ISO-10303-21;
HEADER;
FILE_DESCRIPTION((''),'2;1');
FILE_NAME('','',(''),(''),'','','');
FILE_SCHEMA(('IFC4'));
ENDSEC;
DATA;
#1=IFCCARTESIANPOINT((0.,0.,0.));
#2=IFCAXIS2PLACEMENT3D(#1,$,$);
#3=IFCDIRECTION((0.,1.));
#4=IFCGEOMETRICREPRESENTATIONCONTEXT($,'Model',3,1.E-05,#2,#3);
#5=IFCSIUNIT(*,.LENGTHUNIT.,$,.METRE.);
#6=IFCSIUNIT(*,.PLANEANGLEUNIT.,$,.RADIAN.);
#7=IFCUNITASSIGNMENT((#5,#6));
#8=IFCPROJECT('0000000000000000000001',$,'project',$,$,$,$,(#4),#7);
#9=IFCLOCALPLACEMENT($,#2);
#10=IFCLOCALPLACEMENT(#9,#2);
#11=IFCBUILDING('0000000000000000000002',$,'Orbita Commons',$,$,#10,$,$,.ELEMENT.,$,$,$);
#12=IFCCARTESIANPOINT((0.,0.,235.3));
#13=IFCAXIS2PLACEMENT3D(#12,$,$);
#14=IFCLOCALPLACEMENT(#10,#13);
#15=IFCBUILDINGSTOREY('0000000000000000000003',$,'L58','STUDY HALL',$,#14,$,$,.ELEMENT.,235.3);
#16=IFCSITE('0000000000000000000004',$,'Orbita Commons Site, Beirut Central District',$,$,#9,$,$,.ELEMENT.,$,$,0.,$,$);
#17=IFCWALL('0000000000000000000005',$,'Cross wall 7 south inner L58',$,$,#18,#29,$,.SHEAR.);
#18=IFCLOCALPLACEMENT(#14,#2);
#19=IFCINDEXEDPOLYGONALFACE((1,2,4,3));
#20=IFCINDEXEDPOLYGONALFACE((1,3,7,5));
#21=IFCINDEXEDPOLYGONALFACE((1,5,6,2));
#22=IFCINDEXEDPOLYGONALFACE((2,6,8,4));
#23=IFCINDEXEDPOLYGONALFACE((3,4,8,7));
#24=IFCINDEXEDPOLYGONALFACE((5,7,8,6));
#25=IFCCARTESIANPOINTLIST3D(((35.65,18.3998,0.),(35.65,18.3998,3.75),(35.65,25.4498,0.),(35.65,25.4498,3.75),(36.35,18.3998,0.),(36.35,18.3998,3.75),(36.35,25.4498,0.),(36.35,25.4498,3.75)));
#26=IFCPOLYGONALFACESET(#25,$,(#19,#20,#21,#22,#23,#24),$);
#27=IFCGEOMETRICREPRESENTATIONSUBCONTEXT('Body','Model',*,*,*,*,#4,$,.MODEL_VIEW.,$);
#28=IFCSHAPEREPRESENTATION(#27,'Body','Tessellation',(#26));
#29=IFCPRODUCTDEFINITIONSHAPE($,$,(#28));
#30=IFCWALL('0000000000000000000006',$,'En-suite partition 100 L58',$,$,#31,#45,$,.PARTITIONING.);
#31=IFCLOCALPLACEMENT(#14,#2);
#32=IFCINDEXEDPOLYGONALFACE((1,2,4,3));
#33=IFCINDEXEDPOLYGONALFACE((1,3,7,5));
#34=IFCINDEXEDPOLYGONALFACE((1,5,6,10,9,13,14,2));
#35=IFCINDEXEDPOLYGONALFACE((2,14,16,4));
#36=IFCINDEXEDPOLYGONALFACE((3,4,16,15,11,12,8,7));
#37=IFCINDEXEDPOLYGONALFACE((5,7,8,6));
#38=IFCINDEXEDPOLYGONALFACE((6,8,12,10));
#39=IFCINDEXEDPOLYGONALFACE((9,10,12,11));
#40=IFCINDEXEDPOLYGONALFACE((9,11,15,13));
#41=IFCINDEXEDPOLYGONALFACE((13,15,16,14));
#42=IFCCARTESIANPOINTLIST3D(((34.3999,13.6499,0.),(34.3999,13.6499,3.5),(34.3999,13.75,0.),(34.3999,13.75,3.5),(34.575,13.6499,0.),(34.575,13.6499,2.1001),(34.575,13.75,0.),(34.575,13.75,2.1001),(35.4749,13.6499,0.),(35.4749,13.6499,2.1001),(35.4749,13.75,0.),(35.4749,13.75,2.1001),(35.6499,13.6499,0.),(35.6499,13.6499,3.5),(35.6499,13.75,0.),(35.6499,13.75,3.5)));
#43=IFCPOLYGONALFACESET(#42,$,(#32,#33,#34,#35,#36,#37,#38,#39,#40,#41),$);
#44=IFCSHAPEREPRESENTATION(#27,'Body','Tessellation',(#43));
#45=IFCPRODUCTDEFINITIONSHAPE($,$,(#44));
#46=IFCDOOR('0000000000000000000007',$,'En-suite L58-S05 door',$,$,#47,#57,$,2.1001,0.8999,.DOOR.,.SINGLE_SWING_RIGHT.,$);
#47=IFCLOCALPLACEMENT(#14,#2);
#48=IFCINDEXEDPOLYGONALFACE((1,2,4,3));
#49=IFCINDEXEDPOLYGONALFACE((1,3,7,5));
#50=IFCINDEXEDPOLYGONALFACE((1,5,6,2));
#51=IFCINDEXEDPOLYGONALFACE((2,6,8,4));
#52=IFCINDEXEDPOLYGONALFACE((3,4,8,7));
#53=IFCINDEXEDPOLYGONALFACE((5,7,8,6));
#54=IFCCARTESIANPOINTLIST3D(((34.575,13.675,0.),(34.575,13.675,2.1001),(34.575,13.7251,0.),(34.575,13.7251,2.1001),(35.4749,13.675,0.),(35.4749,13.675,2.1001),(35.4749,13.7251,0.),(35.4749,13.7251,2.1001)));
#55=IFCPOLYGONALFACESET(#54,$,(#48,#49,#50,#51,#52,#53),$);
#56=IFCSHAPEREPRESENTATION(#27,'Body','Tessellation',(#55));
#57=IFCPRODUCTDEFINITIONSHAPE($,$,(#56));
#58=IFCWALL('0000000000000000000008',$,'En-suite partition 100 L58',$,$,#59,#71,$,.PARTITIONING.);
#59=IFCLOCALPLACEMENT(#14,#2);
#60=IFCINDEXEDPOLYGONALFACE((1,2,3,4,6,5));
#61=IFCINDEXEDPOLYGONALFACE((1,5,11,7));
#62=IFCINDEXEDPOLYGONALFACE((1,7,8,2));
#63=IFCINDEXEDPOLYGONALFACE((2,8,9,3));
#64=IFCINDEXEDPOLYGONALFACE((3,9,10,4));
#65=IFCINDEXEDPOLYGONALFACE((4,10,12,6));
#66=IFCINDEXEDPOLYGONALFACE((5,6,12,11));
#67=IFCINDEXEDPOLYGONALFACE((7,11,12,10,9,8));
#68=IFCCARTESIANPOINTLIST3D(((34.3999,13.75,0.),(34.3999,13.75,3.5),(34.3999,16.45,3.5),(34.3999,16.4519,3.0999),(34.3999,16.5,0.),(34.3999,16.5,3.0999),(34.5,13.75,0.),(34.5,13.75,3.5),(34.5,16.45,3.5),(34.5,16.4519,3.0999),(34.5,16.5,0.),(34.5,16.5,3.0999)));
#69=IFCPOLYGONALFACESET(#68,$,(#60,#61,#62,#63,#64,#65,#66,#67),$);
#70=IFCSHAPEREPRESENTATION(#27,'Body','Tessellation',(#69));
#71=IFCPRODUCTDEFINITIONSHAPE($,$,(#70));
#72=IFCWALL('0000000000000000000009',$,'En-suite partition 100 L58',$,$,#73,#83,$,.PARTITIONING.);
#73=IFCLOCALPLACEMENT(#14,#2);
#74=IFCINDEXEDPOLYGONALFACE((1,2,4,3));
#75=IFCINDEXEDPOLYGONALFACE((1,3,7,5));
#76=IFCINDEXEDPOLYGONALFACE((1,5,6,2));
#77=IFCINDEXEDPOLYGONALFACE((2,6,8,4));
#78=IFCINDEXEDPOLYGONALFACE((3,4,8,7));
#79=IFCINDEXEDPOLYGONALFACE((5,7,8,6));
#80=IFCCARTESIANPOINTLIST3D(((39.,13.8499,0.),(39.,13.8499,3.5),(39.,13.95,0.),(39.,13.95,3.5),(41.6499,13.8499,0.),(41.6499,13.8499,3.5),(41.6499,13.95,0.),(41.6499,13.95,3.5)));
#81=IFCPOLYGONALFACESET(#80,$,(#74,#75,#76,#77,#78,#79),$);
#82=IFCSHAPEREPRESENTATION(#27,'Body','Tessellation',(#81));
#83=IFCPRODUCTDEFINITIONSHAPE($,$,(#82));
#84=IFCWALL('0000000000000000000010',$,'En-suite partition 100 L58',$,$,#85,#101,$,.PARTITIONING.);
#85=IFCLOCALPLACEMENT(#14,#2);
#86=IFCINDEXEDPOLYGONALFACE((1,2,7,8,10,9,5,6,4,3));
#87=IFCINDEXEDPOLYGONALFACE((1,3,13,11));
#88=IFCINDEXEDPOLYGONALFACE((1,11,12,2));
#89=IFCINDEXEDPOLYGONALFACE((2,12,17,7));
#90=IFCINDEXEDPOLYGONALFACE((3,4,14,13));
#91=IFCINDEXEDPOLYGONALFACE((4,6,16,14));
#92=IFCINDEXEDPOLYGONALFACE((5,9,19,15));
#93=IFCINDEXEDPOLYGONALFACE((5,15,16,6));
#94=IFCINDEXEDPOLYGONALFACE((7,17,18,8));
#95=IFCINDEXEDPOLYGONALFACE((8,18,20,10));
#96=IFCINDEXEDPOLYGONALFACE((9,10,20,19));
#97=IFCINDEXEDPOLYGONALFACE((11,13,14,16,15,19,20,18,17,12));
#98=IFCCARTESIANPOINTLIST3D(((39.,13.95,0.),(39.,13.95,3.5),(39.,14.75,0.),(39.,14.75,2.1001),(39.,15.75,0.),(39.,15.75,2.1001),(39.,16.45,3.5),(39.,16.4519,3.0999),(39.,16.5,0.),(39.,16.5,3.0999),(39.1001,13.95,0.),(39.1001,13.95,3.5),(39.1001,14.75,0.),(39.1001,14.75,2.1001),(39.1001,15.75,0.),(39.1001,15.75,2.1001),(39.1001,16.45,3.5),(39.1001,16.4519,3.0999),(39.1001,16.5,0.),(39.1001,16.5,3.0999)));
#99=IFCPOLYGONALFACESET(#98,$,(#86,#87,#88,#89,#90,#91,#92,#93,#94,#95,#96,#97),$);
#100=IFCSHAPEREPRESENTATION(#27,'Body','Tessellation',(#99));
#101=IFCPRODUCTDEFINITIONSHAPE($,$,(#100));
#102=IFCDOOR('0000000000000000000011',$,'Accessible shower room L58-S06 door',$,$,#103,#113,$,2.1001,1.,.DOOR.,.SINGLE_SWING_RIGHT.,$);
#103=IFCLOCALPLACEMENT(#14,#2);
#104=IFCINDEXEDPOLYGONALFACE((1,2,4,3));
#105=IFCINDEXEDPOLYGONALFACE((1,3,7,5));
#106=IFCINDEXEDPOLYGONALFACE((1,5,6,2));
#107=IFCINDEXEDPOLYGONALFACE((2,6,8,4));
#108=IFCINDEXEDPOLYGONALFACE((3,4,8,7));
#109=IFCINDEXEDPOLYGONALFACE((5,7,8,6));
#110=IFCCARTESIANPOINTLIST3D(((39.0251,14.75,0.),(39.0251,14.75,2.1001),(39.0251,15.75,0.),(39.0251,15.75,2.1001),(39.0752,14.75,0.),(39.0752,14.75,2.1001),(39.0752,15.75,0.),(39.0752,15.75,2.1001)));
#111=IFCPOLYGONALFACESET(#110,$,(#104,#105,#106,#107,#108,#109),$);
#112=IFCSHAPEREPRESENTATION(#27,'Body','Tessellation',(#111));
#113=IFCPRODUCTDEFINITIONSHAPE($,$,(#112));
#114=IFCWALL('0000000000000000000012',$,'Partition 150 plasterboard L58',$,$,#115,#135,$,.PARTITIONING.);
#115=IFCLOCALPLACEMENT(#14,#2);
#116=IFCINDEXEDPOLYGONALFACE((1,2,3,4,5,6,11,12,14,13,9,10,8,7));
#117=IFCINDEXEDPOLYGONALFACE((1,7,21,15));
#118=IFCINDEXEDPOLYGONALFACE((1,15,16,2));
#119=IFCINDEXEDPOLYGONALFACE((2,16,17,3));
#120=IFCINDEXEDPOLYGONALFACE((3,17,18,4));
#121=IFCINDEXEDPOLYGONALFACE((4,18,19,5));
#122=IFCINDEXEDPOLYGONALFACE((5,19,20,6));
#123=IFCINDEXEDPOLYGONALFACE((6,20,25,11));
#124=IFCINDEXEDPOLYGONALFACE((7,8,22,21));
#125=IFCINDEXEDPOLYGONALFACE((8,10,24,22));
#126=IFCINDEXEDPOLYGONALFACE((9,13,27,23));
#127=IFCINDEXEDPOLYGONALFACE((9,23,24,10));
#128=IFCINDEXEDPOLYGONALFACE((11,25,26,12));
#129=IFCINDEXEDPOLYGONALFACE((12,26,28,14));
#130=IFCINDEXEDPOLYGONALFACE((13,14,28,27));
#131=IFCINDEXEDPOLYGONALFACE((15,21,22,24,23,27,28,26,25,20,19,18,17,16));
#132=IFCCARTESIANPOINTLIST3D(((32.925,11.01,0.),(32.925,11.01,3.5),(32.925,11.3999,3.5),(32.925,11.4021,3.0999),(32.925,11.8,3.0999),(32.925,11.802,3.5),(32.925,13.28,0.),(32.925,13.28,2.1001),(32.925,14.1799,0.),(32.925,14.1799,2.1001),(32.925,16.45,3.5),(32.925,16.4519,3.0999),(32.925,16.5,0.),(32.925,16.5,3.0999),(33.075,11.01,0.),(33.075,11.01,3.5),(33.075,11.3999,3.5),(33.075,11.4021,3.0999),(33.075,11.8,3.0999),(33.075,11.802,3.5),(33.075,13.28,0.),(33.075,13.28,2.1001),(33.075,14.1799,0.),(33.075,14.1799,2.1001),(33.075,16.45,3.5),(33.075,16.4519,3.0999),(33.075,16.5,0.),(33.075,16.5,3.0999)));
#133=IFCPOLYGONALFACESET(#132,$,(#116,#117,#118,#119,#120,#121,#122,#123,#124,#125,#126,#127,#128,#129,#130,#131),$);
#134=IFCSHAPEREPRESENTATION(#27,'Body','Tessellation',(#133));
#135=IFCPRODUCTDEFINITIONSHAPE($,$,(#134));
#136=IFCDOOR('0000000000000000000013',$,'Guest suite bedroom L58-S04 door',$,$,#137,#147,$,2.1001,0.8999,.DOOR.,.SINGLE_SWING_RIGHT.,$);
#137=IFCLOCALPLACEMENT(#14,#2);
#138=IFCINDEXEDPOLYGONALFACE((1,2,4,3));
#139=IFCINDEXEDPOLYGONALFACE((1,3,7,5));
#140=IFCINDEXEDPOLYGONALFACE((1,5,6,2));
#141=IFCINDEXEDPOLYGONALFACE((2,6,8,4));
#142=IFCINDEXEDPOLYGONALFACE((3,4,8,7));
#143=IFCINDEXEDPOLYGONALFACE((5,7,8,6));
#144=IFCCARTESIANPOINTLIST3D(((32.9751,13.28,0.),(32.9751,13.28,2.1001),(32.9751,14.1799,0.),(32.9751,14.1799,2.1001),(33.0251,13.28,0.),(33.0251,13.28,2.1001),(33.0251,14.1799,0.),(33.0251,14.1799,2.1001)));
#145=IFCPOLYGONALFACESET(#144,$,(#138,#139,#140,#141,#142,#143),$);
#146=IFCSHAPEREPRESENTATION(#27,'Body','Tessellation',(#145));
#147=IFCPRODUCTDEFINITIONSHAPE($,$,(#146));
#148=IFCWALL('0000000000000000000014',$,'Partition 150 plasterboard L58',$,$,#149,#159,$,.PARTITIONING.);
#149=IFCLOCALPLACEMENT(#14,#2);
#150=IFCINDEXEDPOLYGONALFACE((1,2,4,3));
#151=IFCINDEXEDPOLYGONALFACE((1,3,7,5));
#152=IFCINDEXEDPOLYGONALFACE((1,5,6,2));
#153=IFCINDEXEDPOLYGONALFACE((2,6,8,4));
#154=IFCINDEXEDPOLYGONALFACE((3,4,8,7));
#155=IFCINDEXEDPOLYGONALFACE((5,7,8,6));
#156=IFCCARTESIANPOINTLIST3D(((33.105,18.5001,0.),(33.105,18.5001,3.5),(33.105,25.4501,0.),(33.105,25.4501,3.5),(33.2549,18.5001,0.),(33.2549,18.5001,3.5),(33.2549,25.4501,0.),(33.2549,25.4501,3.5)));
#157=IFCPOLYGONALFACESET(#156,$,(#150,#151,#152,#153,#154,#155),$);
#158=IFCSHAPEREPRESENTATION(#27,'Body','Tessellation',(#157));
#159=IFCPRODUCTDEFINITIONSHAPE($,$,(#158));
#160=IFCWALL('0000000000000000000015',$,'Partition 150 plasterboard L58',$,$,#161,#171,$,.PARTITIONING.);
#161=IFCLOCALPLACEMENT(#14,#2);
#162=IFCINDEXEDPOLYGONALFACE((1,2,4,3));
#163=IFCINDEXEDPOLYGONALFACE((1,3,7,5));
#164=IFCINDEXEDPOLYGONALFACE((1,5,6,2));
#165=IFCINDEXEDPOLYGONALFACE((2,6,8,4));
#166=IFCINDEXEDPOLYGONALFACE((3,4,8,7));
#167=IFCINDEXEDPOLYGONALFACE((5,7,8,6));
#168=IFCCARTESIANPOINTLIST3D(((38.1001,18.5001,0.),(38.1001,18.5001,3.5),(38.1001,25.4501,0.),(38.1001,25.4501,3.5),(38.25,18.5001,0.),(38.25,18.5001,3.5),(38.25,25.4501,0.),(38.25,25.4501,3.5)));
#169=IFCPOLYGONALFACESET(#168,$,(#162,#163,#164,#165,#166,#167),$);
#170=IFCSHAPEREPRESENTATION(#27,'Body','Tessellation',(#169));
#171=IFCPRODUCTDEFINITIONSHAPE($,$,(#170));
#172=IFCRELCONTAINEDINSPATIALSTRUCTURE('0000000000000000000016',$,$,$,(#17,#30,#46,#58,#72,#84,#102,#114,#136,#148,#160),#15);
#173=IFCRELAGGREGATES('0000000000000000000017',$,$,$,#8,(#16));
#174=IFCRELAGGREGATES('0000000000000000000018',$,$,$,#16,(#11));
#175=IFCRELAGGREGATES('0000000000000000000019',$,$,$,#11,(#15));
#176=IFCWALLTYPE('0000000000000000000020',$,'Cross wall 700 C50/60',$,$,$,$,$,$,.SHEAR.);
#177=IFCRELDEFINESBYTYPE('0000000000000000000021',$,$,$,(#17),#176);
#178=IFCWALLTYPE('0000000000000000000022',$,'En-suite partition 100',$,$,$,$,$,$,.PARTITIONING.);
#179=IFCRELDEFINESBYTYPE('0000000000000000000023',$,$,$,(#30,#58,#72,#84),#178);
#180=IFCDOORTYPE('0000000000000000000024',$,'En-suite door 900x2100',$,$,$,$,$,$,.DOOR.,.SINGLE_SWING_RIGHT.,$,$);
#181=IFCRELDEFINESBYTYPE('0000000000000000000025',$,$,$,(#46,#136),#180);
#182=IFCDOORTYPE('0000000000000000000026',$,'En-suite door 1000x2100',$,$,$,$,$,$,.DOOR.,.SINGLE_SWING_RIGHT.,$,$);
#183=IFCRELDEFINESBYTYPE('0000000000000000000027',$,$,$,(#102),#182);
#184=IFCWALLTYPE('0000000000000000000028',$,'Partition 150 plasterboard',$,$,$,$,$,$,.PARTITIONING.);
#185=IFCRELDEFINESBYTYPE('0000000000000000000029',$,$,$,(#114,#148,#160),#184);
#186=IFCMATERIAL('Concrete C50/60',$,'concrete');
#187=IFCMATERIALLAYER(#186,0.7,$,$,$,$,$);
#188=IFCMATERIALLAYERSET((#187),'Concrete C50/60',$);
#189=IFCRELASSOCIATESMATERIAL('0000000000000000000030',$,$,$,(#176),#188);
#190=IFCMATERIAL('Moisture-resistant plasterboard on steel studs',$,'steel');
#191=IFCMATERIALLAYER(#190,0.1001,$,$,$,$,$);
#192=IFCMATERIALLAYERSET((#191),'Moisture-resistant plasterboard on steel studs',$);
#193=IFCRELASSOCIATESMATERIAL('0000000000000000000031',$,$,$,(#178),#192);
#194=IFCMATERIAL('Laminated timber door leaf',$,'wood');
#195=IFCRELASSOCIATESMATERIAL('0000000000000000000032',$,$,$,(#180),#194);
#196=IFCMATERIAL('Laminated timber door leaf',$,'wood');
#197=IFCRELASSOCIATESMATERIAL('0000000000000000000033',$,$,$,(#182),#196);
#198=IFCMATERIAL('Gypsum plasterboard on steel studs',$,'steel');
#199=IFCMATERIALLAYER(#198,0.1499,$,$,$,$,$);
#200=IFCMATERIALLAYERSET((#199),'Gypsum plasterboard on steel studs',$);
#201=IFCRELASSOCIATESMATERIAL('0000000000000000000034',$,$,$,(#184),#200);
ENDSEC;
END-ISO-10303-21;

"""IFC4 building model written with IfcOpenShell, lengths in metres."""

from ifc_helpers import new_model, si_unit, direction, frame, frame_2d, origin, place, context, subcontext, project, spatial, polyline, rectangle, outline, extrude, material, layer, layer_set, type_object, element, fill, save


model = new_model("IFC4")

# Units and contexts
model_context = context("Model", 3, precision=1e-05, world=origin(), true_north=direction((0.0, 1.0)))
body_context = subcontext(model_context, "Body", "Model", "MODEL_VIEW")
ifc_project = project(units=[si_unit("LENGTHUNIT", "METRE"), si_unit("PLANEANGLEUNIT", "RADIAN")], contexts=[model_context])

# Site, building, storey
site_placement = place(None, origin())
site = spatial("IfcSite", under=ifc_project, at=site_placement, Name="Orbita Commons Site, Beirut Central District", CompositionType="ELEMENT", RefElevation=0.0)
building_placement = place(site_placement, origin())
building = spatial("IfcBuilding", under=site, at=building_placement, Name="Orbita Commons", CompositionType="ELEMENT")
storey_placement = place(building_placement, frame((0.0, 0.0, 235.3)))
storey = spatial("IfcBuildingStorey", under=building, at=storey_placement, Name="L58", Description="STUDY HALL", CompositionType="ELEMENT", Elevation=235.3)

# Wall
ifc_material_1 = material(Name="Concrete C50/60", Category="concrete")
ifc_layer_1 = layer(ifc_material_1, 0.7)
ifc_layer_set_1 = layer_set([ifc_layer_1], Name="Concrete C50/60")
wall_type_1 = type_object("IfcWallType", Name="Cross wall 700 C50/60", PredefinedType="SHEAR", material=ifc_layer_set_1)
wall_1_placement = place(storey_placement, frame((36.0, 18.3999, 0.0), z_axis=(0.0, 0.0, 1.0), x_axis=(0.0, 1.0, 0.0)))
element("IfcWall", 1, at=wall_1_placement, inside=storey, type_object=wall_type_1, Name="Cross wall 7 south inner L58", PredefinedType="SHEAR", context=body_context, shape_type="SweptSolid", body=[
    extrude(rectangle(XDim=7.05, YDim=0.7, at=frame_2d((3.5249, 0.0))), origin(), (0.0, 0.0, 1.0), 3.75),
])

# Wall, opening, door
ifc_material_2 = material(Name="Moisture-resistant plasterboard on steel studs", Category="steel")
ifc_layer_2 = layer(ifc_material_2, 0.1001)
ifc_layer_set_2 = layer_set([ifc_layer_2], Name="Moisture-resistant plasterboard on steel studs")
wall_type_2 = type_object("IfcWallType", Name="En-suite partition 100", PredefinedType="PARTITIONING", material=ifc_layer_set_2)
wall_2_placement = place(storey_placement, frame((35.6499, 13.7, 0.0), z_axis=(0.0, 0.0, 1.0), x_axis=(-1.0, 0.0, 0.0)))
wall_2 = element("IfcWall", 2, at=wall_2_placement, inside=storey, type_object=wall_type_2, Name="En-suite partition 100 L58", PredefinedType="PARTITIONING", context=body_context, shape_type="SweptSolid", body=[
    extrude(rectangle(XDim=1.25, YDim=0.1001, at=frame_2d((0.625, 0.0))), origin(), (0.0, 0.0, 1.0), 3.5),
])
opening_1_placement = place(wall_2_placement, frame((0.175, 0.0, 0.0)))
opening_1 = element("IfcOpeningElement", 3, at=opening_1_placement, cuts=wall_2, PredefinedType="OPENING", context=body_context, shape_type="SweptSolid", body=[
    extrude(rectangle(XDim=0.8999, YDim=2.1001, at=frame_2d((0.45, 1.05))), frame((0.0, 0.0601, 0.0), z_axis=(0.0, -1.0, 0.0), x_axis=(1.0, 0.0, 0.0)), (0.0, 0.0, 1.0), 0.1201),
])
ifc_material_3 = material(Name="Laminated timber door leaf", Category="wood")
door_type_1 = type_object("IfcDoorType", Name="En-suite door 900x2100", OperationType="SINGLE_SWING_RIGHT", PredefinedType="DOOR", material=ifc_material_3)
door_1_placement = place(opening_1_placement, origin())
door_1 = element("IfcDoor", 4, at=door_1_placement, inside=storey, type_object=door_type_1, Name="En-suite L58-S05 door", OperationType="SINGLE_SWING_RIGHT", OverallHeight=2.1001, OverallWidth=0.8999, PredefinedType="DOOR", context=body_context, shape_type="SweptSolid", body=[
    extrude(rectangle(XDim=0.8999, YDim=2.1001, at=frame_2d((0.45, 1.05))), frame((0.0, 0.0249, 0.0), z_axis=(0.0, -1.0, 0.0), x_axis=(1.0, 0.0, 0.0)), (0.0, 0.0, 1.0), 0.05),
])
fill(opening_1, door_1)

# Walls
wall_3_placement = place(storey_placement, frame((34.45, 13.75, 0.0), z_axis=(0.0, 0.0, 1.0), x_axis=(0.0, 1.0, 0.0)))
element("IfcWall", 5, at=wall_3_placement, inside=storey, type_object=wall_type_2, Name="En-suite partition 100 L58", PredefinedType="PARTITIONING", context=body_context, shape_type="SweptSolid", body=[
    extrude(outline(polyline([(0.0, 0.0), (2.75, 0.0), (2.75, 3.0999), (2.7019, 3.0999), (2.7, 3.5), (0.0, 3.5), (0.0, 0.0)])), frame((0.0, 0.05, 0.0), z_axis=(0.0, -1.0, 0.0), x_axis=(1.0, 0.0, 0.0)), (0.0, 0.0, 1.0), 0.1001),
])
wall_4_placement = place(storey_placement, frame((39.0, 13.8999, 0.0), z_axis=(0.0, 0.0, 1.0), x_axis=(1.0, 0.0, 0.0)))
element("IfcWall", 6, at=wall_4_placement, inside=storey, type_object=wall_type_2, Name="En-suite partition 100 L58", PredefinedType="PARTITIONING", context=body_context, shape_type="SweptSolid", body=[
    extrude(rectangle(XDim=2.6499, YDim=0.1001, at=frame_2d((1.325, 0.0))), origin(), (0.0, 0.0, 1.0), 3.5),
])

# Walls, openings, doors
wall_5_placement = place(storey_placement, frame((39.05, 13.95, 0.0), z_axis=(0.0, 0.0, 1.0), x_axis=(0.0, 1.0, 0.0)))
wall_5 = element("IfcWall", 7, at=wall_5_placement, inside=storey, type_object=wall_type_2, Name="En-suite partition 100 L58", PredefinedType="PARTITIONING", context=body_context, shape_type="SweptSolid", body=[
    extrude(outline(polyline([(0.0, 0.0), (2.55, 0.0), (2.55, 3.0999), (2.502, 3.0999), (2.5, 3.5), (0.0, 3.5), (0.0, 0.0)])), frame((0.0, 0.05, 0.0), z_axis=(0.0, -1.0, 0.0), x_axis=(1.0, 0.0, 0.0)), (0.0, 0.0, 1.0), 0.1001),
])
opening_2_placement = place(wall_5_placement, frame((0.8, 0.0, 0.0)))
opening_2 = element("IfcOpeningElement", 8, at=opening_2_placement, cuts=wall_5, PredefinedType="OPENING", context=body_context, shape_type="SweptSolid", body=[
    extrude(rectangle(XDim=1.0, YDim=2.1001, at=frame_2d((0.5, 1.05))), frame((0.0, 0.0601, 0.0), z_axis=(0.0, -1.0, 0.0), x_axis=(1.0, 0.0, 0.0)), (0.0, 0.0, 1.0), 0.1201),
])
ifc_material_4 = material(Name="Laminated timber door leaf", Category="wood")
door_type_2 = type_object("IfcDoorType", Name="En-suite door 1000x2100", OperationType="SINGLE_SWING_RIGHT", PredefinedType="DOOR", material=ifc_material_4)
door_2_placement = place(opening_2_placement, origin())
door_2 = element("IfcDoor", 9, at=door_2_placement, inside=storey, type_object=door_type_2, Name="Accessible shower room L58-S06 door", OperationType="SINGLE_SWING_RIGHT", OverallHeight=2.1001, OverallWidth=1.0, PredefinedType="DOOR", context=body_context, shape_type="SweptSolid", body=[
    extrude(rectangle(XDim=1.0, YDim=2.1001, at=frame_2d((0.5, 1.05))), frame((0.0, 0.0249, 0.0), z_axis=(0.0, -1.0, 0.0), x_axis=(1.0, 0.0, 0.0)), (0.0, 0.0, 1.0), 0.05),
])
fill(opening_2, door_2)
ifc_material_5 = material(Name="Gypsum plasterboard on steel studs", Category="steel")
ifc_layer_3 = layer(ifc_material_5, 0.1499)
ifc_layer_set_3 = layer_set([ifc_layer_3], Name="Gypsum plasterboard on steel studs")
wall_type_3 = type_object("IfcWallType", Name="Partition 150 plasterboard", PredefinedType="PARTITIONING", material=ifc_layer_set_3)
wall_6_placement = place(storey_placement, frame((33.0, 11.01, 0.0), z_axis=(0.0, 0.0, 1.0), x_axis=(0.0, 1.0, 0.0)))
wall_6 = element("IfcWall", 10, at=wall_6_placement, inside=storey, type_object=wall_type_3, Name="Partition 150 plasterboard L58", PredefinedType="PARTITIONING", context=body_context, shape_type="SweptSolid", body=[
    extrude(outline(polyline([(0.0, 0.0), (5.49, 0.0), (5.49, 3.0999), (5.4419, 3.0999), (5.4399, 3.5), (0.792, 3.5), (0.79, 3.0999), (0.3921, 3.0999), (0.3899, 3.5), (0.0, 3.5), (0.0, 0.0)])), frame((0.0, 0.075, 0.0), z_axis=(0.0, -1.0, 0.0), x_axis=(1.0, 0.0, 0.0)), (0.0, 0.0, 1.0), 0.1499),
])
opening_3_placement = place(wall_6_placement, frame((2.27, 0.0, 0.0)))
opening_3 = element("IfcOpeningElement", 11, at=opening_3_placement, cuts=wall_6, PredefinedType="OPENING", context=body_context, shape_type="SweptSolid", body=[
    extrude(rectangle(XDim=0.8999, YDim=2.1001, at=frame_2d((0.45, 1.05))), frame((0.0, 0.085, 0.0), z_axis=(0.0, -1.0, 0.0), x_axis=(1.0, 0.0, 0.0)), (0.0, 0.0, 1.0), 0.1699),
])
door_3_placement = place(opening_3_placement, origin())
door_3 = element("IfcDoor", 12, at=door_3_placement, inside=storey, type_object=door_type_1, Name="Guest suite bedroom L58-S04 door", OperationType="SINGLE_SWING_RIGHT", OverallHeight=2.1001, OverallWidth=0.8999, PredefinedType="DOOR", context=body_context, shape_type="SweptSolid", body=[
    extrude(rectangle(XDim=0.8999, YDim=2.1001, at=frame_2d((0.45, 1.05))), frame((0.0, 0.0249, 0.0), z_axis=(0.0, -1.0, 0.0), x_axis=(1.0, 0.0, 0.0)), (0.0, 0.0, 1.0), 0.05),
])
fill(opening_3, door_3)

# Walls
for number, where, z_axis, x_axis, name in (
    (13, (33.1799, 18.5, 0.0), (0.0, 0.0, 1.0), (0.0, 1.0, 0.0), "Partition 150 plasterboard L58"),
    (14, (38.175, 18.5, 0.0), (0.0, 0.0, 1.0), (0.0, 1.0, 0.0), "Partition 150 plasterboard L58"),
):
    element("IfcWall", number, at=place(storey_placement, frame(where, z_axis=z_axis, x_axis=x_axis)), inside=storey, type_object=wall_type_3, Name=name, PredefinedType="PARTITIONING", context=body_context, shape_type="SweptSolid", body=[
        extrude(rectangle(XDim=6.95, YDim=0.1499, at=frame_2d((3.4751, 0.0))), origin(), (0.0, 0.0, 1.0), 3.5),
    ])

save(model, "model.ifc")
